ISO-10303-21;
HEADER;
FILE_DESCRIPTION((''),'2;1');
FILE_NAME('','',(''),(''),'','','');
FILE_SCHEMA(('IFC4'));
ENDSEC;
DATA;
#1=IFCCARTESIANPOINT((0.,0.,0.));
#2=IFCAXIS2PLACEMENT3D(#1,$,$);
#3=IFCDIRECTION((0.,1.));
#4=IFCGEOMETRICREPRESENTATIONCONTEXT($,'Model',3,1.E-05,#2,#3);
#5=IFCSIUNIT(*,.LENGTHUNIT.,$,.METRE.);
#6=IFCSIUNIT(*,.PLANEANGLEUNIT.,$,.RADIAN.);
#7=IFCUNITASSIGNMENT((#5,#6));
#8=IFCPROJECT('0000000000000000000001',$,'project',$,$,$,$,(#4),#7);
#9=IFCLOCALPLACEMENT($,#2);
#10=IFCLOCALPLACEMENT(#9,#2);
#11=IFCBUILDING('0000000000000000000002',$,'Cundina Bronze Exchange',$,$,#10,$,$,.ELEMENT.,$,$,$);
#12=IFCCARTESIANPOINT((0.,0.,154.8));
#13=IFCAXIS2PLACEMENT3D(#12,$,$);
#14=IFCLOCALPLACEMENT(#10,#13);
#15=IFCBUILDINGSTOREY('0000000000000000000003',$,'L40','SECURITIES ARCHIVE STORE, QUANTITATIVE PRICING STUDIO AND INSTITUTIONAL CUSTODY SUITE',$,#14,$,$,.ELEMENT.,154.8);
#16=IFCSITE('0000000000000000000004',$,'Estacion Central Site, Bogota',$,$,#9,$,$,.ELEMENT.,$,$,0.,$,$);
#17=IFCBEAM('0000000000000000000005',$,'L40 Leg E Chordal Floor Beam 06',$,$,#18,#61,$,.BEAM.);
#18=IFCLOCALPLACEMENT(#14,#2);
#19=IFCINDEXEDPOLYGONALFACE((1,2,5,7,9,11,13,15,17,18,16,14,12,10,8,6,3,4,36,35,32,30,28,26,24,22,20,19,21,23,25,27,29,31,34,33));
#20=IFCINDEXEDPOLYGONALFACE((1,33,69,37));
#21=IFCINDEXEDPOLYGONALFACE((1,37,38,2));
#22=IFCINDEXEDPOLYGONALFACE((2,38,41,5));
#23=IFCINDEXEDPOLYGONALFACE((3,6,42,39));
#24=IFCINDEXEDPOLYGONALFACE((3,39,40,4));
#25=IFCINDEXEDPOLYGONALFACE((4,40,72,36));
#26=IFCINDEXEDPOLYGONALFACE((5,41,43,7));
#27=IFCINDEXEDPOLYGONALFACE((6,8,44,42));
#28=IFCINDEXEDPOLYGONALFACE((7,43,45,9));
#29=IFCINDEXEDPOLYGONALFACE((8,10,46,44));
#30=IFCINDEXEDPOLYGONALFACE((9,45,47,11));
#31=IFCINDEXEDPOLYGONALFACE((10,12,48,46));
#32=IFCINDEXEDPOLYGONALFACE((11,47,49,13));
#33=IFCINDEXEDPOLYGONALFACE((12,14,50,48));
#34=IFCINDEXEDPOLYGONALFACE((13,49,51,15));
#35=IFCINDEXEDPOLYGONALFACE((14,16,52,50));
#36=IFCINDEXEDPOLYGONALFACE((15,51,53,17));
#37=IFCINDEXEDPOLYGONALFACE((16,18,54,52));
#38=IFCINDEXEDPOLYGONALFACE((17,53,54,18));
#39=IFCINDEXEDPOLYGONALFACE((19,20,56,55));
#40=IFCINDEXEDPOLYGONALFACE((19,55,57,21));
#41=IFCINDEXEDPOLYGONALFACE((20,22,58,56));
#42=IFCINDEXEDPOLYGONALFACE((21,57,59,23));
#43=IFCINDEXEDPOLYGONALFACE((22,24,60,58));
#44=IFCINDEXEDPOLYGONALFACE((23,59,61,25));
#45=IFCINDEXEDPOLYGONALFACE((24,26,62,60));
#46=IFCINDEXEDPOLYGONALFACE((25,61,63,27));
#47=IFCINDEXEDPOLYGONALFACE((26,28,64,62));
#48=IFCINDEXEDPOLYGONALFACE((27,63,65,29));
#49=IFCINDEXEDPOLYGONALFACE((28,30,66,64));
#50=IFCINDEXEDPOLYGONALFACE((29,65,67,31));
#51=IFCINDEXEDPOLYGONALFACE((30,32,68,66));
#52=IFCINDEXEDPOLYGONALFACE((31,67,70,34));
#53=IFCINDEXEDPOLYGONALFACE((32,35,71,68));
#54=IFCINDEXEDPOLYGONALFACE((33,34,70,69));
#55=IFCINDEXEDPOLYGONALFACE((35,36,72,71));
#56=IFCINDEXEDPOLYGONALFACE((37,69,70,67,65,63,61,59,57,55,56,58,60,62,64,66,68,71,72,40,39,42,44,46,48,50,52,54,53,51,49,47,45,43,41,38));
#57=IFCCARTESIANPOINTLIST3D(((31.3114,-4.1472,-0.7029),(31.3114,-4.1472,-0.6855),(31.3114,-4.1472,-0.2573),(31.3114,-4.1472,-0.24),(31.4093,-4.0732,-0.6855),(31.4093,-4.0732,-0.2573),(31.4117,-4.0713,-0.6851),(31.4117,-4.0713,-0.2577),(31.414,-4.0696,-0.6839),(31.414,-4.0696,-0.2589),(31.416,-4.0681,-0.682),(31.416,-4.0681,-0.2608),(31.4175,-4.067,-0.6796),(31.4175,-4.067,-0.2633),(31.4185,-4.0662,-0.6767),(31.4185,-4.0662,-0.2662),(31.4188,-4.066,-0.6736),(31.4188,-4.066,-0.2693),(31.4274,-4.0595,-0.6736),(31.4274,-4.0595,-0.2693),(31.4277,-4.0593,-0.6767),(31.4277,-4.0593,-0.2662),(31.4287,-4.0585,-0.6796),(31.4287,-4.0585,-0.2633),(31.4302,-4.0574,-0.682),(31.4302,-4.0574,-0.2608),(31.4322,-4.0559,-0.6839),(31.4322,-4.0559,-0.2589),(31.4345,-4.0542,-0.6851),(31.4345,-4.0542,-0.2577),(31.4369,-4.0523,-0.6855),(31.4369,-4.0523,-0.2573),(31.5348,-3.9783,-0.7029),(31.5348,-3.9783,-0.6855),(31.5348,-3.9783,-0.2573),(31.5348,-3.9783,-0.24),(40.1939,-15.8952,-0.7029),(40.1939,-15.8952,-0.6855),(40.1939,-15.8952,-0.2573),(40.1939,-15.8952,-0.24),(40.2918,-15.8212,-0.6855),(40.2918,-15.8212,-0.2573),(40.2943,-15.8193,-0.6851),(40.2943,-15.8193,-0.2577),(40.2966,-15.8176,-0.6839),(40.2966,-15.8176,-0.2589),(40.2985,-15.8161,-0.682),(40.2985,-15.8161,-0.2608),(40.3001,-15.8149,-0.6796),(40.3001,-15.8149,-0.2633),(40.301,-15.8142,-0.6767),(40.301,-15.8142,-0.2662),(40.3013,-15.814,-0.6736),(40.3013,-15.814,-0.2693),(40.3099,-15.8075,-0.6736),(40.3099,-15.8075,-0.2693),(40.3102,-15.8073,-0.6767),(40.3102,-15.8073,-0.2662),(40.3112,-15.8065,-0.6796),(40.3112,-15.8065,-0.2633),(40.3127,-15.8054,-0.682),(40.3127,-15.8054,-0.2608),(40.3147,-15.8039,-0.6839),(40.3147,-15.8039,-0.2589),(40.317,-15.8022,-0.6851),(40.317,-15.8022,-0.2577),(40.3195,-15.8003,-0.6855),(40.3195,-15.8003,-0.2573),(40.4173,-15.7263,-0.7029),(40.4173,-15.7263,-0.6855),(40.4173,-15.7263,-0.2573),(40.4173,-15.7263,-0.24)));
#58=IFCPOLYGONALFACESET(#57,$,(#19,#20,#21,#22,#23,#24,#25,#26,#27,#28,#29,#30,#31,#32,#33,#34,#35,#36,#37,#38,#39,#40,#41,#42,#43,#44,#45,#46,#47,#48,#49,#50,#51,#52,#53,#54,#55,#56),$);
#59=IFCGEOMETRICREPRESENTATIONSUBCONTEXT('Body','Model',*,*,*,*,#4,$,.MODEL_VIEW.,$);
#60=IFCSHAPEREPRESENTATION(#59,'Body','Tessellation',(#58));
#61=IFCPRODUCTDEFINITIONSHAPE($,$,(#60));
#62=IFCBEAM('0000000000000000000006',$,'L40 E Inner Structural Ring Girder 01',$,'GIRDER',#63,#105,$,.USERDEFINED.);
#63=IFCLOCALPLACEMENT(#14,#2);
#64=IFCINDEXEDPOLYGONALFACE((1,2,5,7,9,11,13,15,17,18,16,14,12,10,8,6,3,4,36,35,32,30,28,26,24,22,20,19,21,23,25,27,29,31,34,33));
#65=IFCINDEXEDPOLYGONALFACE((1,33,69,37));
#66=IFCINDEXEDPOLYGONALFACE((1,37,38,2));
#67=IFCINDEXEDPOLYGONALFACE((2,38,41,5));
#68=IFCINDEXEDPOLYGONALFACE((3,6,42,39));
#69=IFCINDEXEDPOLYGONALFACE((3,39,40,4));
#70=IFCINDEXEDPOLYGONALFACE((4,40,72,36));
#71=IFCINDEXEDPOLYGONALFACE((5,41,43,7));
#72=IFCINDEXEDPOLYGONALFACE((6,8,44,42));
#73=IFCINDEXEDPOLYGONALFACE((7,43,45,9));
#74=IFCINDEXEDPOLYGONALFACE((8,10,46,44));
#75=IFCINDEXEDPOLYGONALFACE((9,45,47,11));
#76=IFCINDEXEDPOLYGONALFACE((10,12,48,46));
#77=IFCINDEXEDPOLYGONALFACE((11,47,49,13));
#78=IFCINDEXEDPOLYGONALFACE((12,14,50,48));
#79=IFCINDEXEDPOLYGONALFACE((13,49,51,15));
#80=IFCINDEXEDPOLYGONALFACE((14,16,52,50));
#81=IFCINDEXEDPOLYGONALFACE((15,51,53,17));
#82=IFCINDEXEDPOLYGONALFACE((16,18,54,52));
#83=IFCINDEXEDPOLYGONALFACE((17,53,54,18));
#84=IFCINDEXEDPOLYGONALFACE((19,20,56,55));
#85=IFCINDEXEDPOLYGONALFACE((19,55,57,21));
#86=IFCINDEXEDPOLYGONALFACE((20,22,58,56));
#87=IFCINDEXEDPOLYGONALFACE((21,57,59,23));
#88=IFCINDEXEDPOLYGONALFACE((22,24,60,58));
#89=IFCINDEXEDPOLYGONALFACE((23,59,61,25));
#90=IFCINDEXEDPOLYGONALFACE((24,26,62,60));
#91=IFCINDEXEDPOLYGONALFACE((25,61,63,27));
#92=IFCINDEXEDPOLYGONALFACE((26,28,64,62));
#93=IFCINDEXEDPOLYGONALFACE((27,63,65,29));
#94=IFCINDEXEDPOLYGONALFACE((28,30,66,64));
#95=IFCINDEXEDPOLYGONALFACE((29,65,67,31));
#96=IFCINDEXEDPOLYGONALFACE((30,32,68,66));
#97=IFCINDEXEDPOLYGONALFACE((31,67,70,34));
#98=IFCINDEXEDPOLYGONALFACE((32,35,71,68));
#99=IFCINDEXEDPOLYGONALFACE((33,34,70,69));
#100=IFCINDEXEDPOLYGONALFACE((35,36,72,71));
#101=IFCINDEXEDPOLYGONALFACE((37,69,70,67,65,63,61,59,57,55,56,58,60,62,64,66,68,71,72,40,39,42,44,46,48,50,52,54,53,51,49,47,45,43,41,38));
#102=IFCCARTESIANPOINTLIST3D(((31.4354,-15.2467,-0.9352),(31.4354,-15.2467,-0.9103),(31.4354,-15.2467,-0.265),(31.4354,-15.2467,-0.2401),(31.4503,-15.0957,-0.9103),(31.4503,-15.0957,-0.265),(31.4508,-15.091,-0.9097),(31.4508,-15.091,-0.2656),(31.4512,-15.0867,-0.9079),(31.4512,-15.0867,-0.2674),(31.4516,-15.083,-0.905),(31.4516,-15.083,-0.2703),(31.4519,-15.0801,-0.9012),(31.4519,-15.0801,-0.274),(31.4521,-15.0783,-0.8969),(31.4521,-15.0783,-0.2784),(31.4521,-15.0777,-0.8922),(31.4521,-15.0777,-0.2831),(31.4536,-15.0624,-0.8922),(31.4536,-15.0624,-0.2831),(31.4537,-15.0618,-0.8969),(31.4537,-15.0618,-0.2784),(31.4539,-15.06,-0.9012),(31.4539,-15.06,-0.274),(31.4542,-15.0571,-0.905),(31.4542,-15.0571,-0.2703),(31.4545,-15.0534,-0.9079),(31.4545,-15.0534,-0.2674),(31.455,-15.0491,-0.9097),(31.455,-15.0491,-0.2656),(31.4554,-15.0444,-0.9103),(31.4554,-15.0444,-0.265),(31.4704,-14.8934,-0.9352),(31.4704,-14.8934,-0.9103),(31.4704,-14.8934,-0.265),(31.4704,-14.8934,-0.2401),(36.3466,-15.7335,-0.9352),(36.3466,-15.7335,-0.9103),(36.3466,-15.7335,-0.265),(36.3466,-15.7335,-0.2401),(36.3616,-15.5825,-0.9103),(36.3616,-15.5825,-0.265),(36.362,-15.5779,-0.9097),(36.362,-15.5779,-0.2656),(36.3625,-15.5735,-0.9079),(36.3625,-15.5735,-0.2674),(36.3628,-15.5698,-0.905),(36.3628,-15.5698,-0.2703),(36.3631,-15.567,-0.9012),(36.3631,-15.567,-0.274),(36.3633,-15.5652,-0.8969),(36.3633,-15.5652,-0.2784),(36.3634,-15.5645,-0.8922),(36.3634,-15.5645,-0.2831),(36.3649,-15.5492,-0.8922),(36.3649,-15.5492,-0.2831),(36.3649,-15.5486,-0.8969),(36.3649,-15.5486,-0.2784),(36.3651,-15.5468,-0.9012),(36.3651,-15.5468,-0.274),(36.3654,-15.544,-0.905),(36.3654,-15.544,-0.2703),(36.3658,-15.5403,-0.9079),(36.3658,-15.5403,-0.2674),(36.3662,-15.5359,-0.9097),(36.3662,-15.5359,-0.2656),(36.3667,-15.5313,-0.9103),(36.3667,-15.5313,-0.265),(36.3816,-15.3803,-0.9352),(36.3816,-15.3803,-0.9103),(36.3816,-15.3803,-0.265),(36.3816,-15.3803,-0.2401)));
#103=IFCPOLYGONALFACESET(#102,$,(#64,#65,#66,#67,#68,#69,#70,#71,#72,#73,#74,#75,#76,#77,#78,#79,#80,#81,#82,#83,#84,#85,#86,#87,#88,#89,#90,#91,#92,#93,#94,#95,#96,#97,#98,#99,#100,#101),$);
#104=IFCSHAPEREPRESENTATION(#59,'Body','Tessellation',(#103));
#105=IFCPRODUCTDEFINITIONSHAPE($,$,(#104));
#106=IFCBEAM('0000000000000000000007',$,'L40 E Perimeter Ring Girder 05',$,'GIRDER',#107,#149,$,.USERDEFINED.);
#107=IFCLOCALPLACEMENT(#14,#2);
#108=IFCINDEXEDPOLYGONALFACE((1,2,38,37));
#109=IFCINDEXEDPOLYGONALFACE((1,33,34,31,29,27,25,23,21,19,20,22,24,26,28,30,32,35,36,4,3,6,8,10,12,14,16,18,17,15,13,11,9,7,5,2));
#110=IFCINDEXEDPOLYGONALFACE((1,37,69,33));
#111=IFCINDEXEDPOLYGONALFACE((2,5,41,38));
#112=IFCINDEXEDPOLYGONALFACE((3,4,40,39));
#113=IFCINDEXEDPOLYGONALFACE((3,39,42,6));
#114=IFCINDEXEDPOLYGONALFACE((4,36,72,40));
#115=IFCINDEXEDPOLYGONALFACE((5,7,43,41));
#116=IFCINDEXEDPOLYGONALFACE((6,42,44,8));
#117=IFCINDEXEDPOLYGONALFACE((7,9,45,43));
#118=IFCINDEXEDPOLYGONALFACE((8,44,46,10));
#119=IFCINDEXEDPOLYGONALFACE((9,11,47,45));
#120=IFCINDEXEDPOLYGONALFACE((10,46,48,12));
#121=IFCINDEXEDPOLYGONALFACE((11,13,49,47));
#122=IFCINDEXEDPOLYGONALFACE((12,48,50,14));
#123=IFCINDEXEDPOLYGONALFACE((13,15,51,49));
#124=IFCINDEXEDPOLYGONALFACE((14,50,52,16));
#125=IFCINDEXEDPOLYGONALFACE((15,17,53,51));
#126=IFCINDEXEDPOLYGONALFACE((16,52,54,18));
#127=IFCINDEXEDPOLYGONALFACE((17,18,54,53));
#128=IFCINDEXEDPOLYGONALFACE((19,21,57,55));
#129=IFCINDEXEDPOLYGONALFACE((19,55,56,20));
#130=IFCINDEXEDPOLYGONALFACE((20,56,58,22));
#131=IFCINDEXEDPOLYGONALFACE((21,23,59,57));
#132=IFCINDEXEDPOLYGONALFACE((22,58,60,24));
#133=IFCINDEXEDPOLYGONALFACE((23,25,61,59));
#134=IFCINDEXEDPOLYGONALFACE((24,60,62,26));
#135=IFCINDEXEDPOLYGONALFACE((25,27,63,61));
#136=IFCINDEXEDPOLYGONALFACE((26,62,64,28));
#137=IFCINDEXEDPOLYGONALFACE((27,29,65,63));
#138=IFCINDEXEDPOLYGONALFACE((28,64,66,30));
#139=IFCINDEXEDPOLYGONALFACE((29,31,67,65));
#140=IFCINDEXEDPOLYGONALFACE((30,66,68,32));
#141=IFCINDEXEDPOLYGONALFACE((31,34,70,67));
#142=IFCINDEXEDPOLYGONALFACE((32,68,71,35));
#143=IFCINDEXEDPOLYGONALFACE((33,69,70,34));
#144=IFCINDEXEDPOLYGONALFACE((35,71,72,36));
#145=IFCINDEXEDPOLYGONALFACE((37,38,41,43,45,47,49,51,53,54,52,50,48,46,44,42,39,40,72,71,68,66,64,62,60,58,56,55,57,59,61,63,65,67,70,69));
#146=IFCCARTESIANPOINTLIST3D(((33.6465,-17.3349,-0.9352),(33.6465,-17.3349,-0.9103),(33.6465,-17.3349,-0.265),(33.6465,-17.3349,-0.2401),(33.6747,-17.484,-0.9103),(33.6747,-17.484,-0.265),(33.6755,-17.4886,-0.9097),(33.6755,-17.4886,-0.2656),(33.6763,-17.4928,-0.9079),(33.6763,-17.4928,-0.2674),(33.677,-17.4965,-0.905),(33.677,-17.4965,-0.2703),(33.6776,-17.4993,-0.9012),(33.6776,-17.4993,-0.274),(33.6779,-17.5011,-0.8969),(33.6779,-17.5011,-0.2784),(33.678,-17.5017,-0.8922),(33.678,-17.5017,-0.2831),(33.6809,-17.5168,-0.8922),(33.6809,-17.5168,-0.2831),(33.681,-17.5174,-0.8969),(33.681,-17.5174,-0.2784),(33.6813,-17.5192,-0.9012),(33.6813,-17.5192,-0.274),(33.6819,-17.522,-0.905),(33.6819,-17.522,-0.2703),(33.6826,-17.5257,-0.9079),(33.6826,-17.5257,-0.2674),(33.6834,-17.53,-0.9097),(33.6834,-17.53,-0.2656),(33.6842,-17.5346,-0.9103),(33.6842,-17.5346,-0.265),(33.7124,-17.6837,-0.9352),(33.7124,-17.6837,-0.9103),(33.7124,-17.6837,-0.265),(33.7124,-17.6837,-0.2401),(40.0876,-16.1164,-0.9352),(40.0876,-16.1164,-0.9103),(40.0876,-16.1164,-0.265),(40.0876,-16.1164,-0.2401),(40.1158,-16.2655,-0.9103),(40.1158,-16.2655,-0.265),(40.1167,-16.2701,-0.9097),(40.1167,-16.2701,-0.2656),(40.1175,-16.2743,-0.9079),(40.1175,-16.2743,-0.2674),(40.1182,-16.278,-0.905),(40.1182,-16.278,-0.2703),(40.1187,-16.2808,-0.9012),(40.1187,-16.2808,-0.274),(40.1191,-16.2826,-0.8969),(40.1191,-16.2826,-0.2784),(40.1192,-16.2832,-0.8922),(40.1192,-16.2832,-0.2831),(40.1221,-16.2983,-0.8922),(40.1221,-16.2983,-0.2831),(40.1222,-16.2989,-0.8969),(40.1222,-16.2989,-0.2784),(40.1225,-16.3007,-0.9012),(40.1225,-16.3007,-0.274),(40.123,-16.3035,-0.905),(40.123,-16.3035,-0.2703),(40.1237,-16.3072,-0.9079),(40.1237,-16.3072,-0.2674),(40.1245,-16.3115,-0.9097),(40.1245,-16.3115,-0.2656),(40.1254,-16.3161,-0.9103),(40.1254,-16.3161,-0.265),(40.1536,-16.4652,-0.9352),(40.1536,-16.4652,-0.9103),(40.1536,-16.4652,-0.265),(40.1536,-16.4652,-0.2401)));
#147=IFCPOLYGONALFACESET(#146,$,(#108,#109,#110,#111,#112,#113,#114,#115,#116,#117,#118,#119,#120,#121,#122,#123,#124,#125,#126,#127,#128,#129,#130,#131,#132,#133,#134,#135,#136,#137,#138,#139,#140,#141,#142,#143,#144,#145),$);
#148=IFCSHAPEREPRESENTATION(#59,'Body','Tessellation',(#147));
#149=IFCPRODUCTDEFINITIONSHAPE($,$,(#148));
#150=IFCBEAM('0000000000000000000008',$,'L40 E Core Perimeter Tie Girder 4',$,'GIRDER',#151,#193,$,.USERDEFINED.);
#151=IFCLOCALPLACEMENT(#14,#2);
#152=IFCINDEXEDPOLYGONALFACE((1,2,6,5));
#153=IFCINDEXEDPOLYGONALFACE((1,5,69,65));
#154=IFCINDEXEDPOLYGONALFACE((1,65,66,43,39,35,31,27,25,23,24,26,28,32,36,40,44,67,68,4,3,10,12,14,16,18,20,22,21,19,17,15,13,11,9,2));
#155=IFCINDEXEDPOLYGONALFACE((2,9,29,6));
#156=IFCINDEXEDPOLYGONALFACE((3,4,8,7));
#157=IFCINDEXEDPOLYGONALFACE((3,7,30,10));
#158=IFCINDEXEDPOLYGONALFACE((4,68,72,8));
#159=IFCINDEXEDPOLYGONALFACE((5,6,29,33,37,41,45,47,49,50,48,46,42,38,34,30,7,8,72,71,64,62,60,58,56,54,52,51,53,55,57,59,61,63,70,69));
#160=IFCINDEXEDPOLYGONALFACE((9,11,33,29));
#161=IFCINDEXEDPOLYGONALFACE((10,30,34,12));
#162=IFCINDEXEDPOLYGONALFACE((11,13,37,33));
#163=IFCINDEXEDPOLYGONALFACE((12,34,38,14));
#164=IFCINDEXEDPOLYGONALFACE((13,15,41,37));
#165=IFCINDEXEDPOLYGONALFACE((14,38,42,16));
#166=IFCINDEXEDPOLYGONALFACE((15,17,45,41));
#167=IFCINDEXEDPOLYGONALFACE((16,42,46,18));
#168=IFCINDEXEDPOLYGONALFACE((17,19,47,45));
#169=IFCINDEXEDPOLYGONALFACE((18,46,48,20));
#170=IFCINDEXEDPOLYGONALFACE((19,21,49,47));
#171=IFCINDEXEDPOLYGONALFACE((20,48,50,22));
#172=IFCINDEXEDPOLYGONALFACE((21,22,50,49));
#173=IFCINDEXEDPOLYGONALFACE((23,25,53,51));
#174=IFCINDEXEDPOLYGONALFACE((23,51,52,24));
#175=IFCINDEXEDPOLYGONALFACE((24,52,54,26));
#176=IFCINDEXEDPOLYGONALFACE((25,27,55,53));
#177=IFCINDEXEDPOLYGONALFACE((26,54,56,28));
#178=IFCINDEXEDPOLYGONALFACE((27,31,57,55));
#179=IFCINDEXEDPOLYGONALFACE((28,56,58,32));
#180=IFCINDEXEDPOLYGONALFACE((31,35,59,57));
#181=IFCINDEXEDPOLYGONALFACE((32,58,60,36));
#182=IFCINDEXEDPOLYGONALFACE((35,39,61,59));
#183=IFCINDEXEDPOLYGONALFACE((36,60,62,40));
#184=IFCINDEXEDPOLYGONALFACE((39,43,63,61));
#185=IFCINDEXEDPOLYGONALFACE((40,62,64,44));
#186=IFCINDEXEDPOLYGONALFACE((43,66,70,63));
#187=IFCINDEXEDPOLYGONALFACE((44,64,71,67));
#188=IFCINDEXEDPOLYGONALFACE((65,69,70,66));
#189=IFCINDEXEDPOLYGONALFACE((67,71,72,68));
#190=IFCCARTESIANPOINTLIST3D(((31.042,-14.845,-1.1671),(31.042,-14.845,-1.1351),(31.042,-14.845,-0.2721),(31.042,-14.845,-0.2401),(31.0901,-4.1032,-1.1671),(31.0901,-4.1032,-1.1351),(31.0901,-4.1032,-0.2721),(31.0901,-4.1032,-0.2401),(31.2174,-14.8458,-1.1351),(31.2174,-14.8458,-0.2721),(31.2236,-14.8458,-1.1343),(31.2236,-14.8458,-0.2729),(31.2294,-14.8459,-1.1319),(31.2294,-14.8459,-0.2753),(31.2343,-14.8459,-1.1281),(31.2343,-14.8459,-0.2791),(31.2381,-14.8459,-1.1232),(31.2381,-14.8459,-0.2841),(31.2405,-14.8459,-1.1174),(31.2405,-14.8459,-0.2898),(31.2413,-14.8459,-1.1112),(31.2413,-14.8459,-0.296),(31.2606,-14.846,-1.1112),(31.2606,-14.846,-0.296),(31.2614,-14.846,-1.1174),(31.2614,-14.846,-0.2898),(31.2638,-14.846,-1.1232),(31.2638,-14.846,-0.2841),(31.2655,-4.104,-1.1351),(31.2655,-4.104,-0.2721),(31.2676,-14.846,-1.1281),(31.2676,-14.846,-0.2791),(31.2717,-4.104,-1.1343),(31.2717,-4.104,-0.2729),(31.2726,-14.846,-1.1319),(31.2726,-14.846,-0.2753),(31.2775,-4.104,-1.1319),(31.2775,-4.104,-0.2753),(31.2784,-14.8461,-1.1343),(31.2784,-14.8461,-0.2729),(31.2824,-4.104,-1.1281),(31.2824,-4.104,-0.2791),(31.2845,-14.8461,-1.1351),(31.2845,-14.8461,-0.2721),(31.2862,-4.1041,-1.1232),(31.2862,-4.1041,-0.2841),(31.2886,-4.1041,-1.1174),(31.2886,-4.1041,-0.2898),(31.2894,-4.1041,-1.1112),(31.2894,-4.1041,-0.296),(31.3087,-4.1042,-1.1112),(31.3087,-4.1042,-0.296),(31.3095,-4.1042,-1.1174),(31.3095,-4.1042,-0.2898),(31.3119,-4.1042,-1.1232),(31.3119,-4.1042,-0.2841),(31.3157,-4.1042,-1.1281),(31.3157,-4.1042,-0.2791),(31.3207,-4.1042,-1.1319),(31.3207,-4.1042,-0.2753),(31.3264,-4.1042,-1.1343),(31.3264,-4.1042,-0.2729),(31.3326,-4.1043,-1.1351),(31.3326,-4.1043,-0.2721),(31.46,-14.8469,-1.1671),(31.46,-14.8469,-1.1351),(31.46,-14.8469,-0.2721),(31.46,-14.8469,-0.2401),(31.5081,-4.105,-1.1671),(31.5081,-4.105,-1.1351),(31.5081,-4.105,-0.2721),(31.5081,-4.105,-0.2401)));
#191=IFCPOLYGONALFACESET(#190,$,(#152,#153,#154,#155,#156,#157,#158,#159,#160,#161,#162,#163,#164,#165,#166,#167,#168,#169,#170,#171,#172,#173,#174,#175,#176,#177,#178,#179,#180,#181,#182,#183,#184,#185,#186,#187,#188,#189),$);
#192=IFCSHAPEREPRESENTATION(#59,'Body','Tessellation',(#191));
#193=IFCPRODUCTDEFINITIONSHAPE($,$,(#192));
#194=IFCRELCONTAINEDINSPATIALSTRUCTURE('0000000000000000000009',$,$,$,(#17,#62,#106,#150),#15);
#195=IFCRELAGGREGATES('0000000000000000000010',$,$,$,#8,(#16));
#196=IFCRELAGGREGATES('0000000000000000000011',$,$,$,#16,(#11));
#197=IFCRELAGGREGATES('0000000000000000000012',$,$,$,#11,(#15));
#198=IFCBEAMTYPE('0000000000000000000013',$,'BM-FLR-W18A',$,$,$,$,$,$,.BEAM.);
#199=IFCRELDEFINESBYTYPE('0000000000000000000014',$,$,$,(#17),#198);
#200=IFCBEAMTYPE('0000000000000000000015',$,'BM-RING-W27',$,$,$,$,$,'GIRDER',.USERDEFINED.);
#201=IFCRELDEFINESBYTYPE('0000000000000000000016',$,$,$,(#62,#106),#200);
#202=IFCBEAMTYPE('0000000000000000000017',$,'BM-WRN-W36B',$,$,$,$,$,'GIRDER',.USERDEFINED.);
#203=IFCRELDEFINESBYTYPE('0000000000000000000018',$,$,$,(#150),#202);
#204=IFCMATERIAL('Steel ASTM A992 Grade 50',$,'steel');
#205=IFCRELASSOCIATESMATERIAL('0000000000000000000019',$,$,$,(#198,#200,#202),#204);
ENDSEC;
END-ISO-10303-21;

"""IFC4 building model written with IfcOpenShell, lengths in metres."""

from ifc_helpers import new_model, si_unit, direction, frame, origin, origin_2d, place, context, subcontext, project, spatial, i_section, extrude, material, material_profile, profile_set, type_object, element, save


model = new_model("IFC4")

# Units and contexts
model_context = context("Model", 3, precision=1e-05, world=origin(), true_north=direction((0.0, 1.0)))
body_context = subcontext(model_context, "Body", "Model", "MODEL_VIEW")
ifc_project = project(units=[si_unit("LENGTHUNIT", "METRE"), si_unit("PLANEANGLEUNIT", "RADIAN")], contexts=[model_context])

# Site, building, storey
site_placement = place(None, origin())
site = spatial("IfcSite", under=ifc_project, at=site_placement, Name="Estacion Central Site, Bogota", CompositionType="ELEMENT", RefElevation=0.0)
building_placement = place(site_placement, origin())
building = spatial("IfcBuilding", under=site, at=building_placement, Name="Cundina Bronze Exchange", CompositionType="ELEMENT")
storey_placement = place(building_placement, frame((0.0, 0.0, 154.8)))
storey = spatial("IfcBuildingStorey", under=building, at=storey_placement, Name="L40", Description="SECURITIES ARCHIVE STORE, QUANTITATIVE PRICING STUDIO AND INSTITUTIONAL CUSTODY SUITE", CompositionType="ELEMENT", Elevation=154.8)

# Shared definitions
ifc_material_1 = material(Name="Steel ASTM A992 Grade 50", Category="steel")

# Beams
ifc_material_profile_1 = material_profile(ifc_material_1, i_section(OverallWidth=0.28, OverallDepth=0.4629, WebThickness=0.0107, FlangeThickness=0.0173, FilletRadius=0.012, at=origin_2d()), Name="W18X76", Category="steel")
ifc_profile_set_1 = profile_set([ifc_material_profile_1], Name="Steel ASTM A992 Grade 50")
beam_type_1 = type_object("IfcBeamType", Name="BM-FLR-W18A", PredefinedType="BEAM", material=ifc_profile_set_1)
beam_1_placement = place(storey_placement, frame((31.4231, -4.0627, -0.4714), z_axis=(0.603104, -0.797663, 0.0), x_axis=(0.797663, 0.603104, 0.0)))
element("IfcBeam", 1, at=beam_1_placement, inside=storey, type_object=beam_type_1, Name="L40 Leg E Chordal Floor Beam 06", PredefinedType="BEAM", context=body_context, shape_type="SweptSolid", body=[
    extrude(i_section(OverallWidth=0.28, OverallDepth=0.4629, WebThickness=0.0107, FlangeThickness=0.0173, FilletRadius=0.012, at=origin_2d()), origin(), (0.0, 0.0, 1.0), 14.728),
])
ifc_material_profile_2 = material_profile(ifc_material_1, i_section(OverallWidth=0.355, OverallDepth=0.6951, WebThickness=0.0154, FlangeThickness=0.0249, FilletRadius=0.0181, at=origin_2d()), Name="W27X146", Category="steel")
ifc_profile_set_2 = profile_set([ifc_material_profile_2], Name="Steel ASTM A992 Grade 50")
beam_type_2 = type_object("IfcBeamType", Name="BM-RING-W27", ElementType="GIRDER", PredefinedType="USERDEFINED", material=ifc_profile_set_2)
beam_2_placement = place(storey_placement, frame((31.4529, -15.0701, -0.5876), z_axis=(0.995123, -0.098642, 0.0), x_axis=(0.098642, 0.995123, 0.0)))
element("IfcBeam", 2, at=beam_2_placement, inside=storey, type_object=beam_type_2, Name="L40 E Inner Structural Ring Girder 01", ObjectType="GIRDER", PredefinedType="USERDEFINED", context=body_context, shape_type="SweptSolid", body=[
    extrude(i_section(OverallWidth=0.355, OverallDepth=0.6951, WebThickness=0.0154, FlangeThickness=0.0249, FilletRadius=0.0181, at=origin_2d()), origin(), (0.0, 0.0, 1.0), 4.9353),
])
beam_3_placement = place(storey_placement, frame((33.6794, -17.5093, -0.5876), z_axis=(0.982573, 0.185878, 0.0), x_axis=(-0.185878, 0.982573, 0.0)))
element("IfcBeam", 3, at=beam_3_placement, inside=storey, type_object=beam_type_2, Name="L40 E Perimeter Ring Girder 05", ObjectType="GIRDER", PredefinedType="USERDEFINED", context=body_context, shape_type="SweptSolid", body=[
    extrude(i_section(OverallWidth=0.355, OverallDepth=0.6951, WebThickness=0.0154, FlangeThickness=0.0249, FilletRadius=0.0181, at=origin_2d()), origin(), (0.0, 0.0, 1.0), 6.5554),
])
ifc_material_profile_3 = material_profile(ifc_material_1, i_section(OverallWidth=0.418, OverallDepth=0.927, WebThickness=0.0193, FlangeThickness=0.032, FilletRadius=0.0239, at=origin_2d()), Name="W36X231", Category="steel")
ifc_profile_set_3 = profile_set([ifc_material_profile_3], Name="Steel ASTM A992 Grade 50")
beam_type_3 = type_object("IfcBeamType", Name="BM-WRN-W36B", ElementType="GIRDER", PredefinedType="USERDEFINED", material=ifc_profile_set_3)
beam_4_placement = place(storey_placement, frame((31.251, -14.8459, -0.7036), z_axis=(0.004477, 0.99999, 0.0), x_axis=(-0.99999, 0.004477, 0.0)))
element("IfcBeam", 4, at=beam_4_placement, inside=storey, type_object=beam_type_3, Name="L40 E Core Perimeter Tie Girder 4", ObjectType="GIRDER", PredefinedType="USERDEFINED", context=body_context, shape_type="SweptSolid", body=[
    extrude(i_section(OverallWidth=0.418, OverallDepth=0.927, WebThickness=0.0193, FlangeThickness=0.032, FilletRadius=0.0239, at=origin_2d()), origin(), (0.0, 0.0, 1.0), 10.7419),
])

save(model, "model.ifc")
